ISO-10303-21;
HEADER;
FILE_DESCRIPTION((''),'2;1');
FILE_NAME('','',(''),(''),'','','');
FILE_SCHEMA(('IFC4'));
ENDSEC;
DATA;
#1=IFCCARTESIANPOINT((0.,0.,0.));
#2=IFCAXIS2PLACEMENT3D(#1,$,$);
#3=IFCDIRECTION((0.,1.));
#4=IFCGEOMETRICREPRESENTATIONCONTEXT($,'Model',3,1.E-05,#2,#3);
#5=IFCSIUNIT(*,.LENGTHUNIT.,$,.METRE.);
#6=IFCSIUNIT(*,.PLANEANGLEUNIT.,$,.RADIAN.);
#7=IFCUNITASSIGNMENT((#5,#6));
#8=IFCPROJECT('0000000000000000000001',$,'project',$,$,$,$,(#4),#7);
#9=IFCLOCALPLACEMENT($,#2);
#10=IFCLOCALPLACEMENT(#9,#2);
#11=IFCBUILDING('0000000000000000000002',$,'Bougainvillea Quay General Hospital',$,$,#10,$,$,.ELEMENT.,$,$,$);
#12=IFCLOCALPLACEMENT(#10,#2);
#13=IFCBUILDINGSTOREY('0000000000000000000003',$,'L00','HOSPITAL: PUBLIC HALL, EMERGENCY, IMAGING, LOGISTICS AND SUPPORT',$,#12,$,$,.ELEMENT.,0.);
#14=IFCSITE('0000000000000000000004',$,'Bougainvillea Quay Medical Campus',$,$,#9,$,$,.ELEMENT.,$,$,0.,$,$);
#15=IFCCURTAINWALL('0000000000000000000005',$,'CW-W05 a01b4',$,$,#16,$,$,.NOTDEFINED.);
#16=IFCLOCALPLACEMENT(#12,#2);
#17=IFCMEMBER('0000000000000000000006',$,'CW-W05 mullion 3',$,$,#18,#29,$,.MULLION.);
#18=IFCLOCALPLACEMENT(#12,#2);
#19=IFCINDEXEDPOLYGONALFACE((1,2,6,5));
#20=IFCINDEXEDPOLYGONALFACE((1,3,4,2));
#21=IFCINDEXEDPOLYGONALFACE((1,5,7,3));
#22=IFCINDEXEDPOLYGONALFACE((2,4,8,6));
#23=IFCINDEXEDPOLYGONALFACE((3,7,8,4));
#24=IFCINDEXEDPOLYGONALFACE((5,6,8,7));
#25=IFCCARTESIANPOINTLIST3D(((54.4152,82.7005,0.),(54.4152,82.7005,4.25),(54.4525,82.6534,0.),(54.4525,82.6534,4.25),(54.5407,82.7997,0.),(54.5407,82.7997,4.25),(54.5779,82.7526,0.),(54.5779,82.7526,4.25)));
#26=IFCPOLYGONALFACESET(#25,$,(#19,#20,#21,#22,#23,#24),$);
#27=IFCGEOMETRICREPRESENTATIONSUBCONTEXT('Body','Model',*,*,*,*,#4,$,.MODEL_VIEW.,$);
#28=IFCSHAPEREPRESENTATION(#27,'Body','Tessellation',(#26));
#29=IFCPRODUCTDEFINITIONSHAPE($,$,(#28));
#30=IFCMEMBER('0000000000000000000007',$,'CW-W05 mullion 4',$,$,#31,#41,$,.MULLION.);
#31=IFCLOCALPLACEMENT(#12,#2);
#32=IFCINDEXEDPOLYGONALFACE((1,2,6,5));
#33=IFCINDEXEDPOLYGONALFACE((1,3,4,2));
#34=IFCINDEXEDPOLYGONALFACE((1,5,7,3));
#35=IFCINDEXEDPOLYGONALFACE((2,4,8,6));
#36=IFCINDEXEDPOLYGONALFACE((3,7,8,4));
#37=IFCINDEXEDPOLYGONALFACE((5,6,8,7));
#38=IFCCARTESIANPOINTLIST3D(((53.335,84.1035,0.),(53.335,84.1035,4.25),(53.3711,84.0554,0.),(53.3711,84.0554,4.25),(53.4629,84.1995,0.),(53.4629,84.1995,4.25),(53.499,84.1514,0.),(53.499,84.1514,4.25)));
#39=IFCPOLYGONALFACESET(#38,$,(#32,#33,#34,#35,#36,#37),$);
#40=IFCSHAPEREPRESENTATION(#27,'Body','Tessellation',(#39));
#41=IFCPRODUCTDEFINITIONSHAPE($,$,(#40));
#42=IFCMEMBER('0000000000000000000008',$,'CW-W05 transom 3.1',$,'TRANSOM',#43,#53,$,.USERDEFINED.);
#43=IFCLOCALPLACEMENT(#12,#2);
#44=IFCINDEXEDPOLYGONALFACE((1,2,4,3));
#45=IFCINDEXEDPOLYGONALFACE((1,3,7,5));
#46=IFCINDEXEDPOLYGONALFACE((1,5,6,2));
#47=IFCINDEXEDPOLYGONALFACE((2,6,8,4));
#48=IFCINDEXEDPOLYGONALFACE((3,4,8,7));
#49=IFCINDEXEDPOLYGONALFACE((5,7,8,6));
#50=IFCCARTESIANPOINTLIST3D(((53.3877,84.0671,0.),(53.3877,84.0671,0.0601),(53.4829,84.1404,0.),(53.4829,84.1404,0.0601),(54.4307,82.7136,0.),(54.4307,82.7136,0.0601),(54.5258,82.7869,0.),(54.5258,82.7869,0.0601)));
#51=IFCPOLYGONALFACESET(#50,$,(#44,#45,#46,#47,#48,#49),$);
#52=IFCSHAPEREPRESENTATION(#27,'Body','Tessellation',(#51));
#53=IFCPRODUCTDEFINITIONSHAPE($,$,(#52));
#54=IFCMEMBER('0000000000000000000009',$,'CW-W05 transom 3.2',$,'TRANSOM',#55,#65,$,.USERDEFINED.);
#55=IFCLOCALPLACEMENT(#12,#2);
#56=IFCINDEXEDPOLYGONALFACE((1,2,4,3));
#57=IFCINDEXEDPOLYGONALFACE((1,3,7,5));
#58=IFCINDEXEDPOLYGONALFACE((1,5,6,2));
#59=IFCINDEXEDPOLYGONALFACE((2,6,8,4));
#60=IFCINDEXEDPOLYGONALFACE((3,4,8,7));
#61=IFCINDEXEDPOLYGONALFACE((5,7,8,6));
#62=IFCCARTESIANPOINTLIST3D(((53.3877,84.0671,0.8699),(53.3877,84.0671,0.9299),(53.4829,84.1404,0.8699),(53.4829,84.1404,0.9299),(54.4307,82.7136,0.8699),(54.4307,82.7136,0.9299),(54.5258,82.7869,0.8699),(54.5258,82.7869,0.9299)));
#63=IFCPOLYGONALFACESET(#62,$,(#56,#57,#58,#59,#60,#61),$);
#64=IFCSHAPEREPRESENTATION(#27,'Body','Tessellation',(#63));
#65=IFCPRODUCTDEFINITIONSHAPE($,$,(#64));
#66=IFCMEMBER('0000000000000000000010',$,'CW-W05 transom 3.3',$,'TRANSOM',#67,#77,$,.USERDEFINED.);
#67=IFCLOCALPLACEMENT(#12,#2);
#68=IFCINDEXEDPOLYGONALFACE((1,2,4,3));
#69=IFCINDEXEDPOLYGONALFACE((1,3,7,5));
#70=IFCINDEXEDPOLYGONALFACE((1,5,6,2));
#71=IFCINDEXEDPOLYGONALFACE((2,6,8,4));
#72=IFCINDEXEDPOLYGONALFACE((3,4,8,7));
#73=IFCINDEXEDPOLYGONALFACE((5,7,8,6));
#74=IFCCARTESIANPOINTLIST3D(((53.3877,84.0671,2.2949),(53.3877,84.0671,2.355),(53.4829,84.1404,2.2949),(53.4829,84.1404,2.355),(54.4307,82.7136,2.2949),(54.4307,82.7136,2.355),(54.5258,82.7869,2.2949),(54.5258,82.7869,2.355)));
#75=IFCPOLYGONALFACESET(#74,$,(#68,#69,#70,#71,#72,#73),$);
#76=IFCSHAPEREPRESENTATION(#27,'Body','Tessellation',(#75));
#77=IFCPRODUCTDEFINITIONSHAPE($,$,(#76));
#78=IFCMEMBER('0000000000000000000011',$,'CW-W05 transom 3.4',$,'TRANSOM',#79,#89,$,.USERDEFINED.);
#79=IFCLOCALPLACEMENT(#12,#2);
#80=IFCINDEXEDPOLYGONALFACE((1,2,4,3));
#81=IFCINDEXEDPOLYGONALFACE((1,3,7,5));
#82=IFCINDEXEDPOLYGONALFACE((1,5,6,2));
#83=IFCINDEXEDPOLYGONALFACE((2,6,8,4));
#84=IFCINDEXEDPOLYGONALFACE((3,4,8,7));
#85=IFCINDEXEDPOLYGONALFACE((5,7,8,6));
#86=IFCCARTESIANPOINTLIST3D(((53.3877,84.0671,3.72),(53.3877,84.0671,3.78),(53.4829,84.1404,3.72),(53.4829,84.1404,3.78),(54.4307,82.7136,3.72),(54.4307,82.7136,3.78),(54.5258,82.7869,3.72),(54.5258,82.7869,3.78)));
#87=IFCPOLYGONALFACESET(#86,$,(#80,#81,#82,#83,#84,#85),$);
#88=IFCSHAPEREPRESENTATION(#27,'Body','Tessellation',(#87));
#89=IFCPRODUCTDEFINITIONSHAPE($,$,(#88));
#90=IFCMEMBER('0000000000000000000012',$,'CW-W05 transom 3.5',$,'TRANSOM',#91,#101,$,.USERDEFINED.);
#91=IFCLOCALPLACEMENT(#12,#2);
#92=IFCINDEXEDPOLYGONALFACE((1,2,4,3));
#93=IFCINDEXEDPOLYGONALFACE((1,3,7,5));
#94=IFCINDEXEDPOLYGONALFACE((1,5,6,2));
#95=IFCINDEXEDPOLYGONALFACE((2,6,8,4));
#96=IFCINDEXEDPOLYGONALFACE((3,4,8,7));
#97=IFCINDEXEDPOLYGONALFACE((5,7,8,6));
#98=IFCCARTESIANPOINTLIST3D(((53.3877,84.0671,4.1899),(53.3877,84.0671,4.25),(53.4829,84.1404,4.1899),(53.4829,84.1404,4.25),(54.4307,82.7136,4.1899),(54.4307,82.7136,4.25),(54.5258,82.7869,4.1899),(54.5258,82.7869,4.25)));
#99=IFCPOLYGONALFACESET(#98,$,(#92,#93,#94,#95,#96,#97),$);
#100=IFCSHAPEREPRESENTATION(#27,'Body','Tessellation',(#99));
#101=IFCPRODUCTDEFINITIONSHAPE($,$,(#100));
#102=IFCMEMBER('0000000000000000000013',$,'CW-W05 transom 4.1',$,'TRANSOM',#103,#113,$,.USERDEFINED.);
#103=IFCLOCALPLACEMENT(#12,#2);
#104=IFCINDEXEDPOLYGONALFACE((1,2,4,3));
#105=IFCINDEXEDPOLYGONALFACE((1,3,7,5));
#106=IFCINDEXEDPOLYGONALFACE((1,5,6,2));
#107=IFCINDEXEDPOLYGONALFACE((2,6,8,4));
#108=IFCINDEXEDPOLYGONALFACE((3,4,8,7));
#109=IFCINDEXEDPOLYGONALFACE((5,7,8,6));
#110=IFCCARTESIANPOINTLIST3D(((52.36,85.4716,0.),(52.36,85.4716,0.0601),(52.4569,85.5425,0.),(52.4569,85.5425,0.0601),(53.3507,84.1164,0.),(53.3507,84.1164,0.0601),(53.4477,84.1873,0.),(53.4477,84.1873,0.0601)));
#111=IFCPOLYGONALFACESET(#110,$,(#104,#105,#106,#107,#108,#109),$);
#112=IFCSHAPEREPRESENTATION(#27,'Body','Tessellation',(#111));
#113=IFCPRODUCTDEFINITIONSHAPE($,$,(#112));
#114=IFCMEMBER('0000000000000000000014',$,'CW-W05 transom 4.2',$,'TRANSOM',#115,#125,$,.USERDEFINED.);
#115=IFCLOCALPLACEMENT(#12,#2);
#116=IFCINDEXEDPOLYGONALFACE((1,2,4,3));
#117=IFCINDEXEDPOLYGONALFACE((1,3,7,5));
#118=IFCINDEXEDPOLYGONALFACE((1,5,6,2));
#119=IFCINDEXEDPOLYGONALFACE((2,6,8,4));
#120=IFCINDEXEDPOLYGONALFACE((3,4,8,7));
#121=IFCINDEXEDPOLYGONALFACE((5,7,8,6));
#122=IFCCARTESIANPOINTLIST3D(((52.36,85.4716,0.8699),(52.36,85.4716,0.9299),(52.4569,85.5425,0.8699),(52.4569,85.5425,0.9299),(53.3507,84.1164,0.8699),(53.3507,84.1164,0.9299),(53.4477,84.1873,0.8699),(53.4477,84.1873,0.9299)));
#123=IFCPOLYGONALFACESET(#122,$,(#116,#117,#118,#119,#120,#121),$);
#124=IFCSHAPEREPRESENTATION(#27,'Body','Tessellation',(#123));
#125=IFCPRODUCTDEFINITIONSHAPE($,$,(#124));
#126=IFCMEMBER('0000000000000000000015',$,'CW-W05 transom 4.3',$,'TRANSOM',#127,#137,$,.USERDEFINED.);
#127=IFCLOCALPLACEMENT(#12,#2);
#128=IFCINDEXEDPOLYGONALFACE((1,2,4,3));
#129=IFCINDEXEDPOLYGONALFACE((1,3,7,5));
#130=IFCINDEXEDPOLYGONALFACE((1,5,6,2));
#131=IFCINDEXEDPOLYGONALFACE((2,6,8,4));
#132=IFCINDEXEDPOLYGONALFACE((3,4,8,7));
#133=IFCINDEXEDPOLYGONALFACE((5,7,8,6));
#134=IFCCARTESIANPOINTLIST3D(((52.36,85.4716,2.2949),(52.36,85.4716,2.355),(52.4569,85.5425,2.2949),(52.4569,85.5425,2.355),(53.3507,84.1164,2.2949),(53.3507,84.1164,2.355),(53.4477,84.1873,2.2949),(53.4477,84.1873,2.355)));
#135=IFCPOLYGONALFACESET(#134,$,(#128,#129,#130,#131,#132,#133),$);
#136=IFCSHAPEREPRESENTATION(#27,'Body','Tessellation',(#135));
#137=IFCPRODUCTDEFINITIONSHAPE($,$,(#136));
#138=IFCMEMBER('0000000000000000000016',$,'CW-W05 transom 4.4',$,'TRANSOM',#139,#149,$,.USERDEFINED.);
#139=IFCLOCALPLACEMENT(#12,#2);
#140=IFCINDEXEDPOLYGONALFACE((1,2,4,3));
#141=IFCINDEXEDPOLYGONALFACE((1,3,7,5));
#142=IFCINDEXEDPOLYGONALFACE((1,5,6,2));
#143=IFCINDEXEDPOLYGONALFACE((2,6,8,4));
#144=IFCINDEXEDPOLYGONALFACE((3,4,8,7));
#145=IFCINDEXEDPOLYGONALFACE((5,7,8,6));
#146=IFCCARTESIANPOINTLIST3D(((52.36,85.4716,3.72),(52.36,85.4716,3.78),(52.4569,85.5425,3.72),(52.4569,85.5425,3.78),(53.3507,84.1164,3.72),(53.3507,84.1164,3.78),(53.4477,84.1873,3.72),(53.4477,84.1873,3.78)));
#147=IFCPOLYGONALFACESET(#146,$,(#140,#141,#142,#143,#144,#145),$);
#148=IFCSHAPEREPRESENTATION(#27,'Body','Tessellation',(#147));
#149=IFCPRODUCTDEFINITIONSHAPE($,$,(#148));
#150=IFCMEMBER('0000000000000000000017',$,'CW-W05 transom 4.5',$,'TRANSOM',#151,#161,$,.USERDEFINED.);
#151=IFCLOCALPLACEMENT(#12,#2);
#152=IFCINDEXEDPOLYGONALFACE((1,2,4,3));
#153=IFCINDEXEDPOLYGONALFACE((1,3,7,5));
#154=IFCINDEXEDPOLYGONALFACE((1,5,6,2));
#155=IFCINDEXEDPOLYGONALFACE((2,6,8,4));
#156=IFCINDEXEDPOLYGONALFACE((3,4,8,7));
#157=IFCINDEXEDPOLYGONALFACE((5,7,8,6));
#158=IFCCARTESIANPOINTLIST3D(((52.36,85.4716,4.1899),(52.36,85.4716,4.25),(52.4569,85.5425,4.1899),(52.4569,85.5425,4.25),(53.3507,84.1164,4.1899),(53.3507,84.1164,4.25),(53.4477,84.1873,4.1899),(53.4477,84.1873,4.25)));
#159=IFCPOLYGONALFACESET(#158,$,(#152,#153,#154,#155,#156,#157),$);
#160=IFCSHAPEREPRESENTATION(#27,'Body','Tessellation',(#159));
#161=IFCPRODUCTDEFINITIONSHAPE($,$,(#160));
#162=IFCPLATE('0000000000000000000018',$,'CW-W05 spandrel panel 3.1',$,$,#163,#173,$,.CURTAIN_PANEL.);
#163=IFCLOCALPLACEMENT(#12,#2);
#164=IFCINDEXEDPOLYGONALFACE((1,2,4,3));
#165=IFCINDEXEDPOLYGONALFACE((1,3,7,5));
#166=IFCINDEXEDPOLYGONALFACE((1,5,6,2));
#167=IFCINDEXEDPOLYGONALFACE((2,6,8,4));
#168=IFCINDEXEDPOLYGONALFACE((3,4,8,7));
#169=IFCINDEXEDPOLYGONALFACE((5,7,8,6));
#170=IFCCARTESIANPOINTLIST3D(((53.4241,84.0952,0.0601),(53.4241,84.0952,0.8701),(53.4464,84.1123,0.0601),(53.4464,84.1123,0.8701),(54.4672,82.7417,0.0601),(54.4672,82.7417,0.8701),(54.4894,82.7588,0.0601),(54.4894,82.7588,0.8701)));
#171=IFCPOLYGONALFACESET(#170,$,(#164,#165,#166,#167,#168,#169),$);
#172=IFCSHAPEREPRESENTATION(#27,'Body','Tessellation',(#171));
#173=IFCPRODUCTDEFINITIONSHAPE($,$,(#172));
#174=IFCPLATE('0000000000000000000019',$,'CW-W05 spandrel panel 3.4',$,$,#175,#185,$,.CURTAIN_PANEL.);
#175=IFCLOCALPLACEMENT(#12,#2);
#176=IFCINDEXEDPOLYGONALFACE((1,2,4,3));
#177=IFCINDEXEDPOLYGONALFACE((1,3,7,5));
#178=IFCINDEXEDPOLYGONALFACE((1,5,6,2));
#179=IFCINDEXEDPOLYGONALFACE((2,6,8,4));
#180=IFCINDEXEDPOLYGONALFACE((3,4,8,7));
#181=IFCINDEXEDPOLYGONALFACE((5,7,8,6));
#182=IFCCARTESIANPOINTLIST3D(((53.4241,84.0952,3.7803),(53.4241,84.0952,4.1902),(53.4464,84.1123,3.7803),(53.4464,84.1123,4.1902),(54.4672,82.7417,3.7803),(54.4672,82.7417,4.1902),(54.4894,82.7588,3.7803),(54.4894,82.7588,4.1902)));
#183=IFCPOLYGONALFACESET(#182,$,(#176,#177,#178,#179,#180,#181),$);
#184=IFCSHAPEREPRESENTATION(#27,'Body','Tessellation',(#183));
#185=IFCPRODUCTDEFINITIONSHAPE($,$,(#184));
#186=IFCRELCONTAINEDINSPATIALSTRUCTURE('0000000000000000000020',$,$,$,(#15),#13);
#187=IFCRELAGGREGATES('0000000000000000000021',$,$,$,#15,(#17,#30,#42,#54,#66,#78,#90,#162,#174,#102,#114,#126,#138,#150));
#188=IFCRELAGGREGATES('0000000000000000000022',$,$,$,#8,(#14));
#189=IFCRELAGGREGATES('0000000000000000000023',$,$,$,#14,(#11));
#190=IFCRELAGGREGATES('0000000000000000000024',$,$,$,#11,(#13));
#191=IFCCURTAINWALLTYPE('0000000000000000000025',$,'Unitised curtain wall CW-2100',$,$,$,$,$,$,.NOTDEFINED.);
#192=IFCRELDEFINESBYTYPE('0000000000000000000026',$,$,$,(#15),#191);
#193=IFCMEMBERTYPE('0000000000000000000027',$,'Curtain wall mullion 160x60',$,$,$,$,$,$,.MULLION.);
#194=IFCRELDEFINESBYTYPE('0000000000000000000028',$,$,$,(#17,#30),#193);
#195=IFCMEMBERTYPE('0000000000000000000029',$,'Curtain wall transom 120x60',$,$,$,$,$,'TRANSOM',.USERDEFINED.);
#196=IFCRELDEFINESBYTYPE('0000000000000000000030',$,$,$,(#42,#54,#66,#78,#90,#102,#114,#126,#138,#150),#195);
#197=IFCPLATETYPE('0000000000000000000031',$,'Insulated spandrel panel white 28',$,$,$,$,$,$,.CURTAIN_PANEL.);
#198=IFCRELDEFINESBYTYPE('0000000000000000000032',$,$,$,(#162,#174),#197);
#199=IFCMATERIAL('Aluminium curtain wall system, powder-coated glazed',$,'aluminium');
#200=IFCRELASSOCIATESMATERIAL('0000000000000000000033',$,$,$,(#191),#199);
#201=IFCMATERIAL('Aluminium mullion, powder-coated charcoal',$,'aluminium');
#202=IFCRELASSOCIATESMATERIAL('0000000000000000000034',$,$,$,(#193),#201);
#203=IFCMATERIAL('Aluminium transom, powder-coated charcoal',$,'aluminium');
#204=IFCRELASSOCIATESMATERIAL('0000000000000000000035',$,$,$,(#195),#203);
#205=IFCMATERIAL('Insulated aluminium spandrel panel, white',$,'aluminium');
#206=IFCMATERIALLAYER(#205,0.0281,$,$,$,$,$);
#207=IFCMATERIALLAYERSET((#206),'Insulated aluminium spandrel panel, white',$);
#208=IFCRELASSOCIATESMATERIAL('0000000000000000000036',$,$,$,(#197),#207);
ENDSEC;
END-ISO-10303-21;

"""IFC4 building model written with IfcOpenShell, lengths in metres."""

from ifc_helpers import new_model, si_unit, direction, frame, origin, origin_2d, place, context, subcontext, project, spatial, rectangle, extrude, material, layer, layer_set, material_profile, profile_set, type_object, element, aggregate, save


model = new_model("IFC4")

# Units and contexts
model_context = context("Model", 3, precision=1e-05, world=origin(), true_north=direction((0.0, 1.0)))
body_context = subcontext(model_context, "Body", "Model", "MODEL_VIEW")
ifc_project = project(units=[si_unit("LENGTHUNIT", "METRE"), si_unit("PLANEANGLEUNIT", "RADIAN")], contexts=[model_context])

# Site, building, storey
site_placement = place(None, origin())
site = spatial("IfcSite", under=ifc_project, at=site_placement, Name="Bougainvillea Quay Medical Campus", CompositionType="ELEMENT", RefElevation=0.0)
building_placement = place(site_placement, origin())
building = spatial("IfcBuilding", under=site, at=building_placement, Name="Bougainvillea Quay General Hospital", CompositionType="ELEMENT")
storey_placement = place(building_placement, origin())
storey = spatial("IfcBuildingStorey", under=building, at=storey_placement, Name="L00", Description="HOSPITAL: PUBLIC HALL, EMERGENCY, IMAGING, LOGISTICS AND SUPPORT", CompositionType="ELEMENT", Elevation=0.0)

# Curtain wall, members, plates
ifc_material_1 = material(Name="Aluminium curtain wall system, powder-coated glazed", Category="aluminium")
curtain_wall_type = type_object("IfcCurtainWallType", Name="Unitised curtain wall CW-2100", PredefinedType="NOTDEFINED", material=ifc_material_1)
curtain_wall_placement = place(storey_placement, origin())
curtain_wall = element("IfcCurtainWall", 1, at=curtain_wall_placement, inside=storey, type_object=curtain_wall_type, Name="CW-W05 a01b4", PredefinedType="NOTDEFINED")
ifc_material_2 = material(Name="Aluminium mullion, powder-coated charcoal", Category="aluminium")
ifc_material_profile_1 = material_profile(ifc_material_2, rectangle(XDim=0.1599, YDim=0.0601, at=origin_2d()))
ifc_profile_set_1 = profile_set([ifc_material_profile_1], Name="Aluminium mullion, powder-coated charcoal")
member_type_1 = type_object("IfcMemberType", Name="Curtain wall mullion 160x60", PredefinedType="MULLION", material=ifc_profile_set_1)
member_1_placement = place(storey_placement, frame((54.4966, 82.7266, 0.0), z_axis=(0.0, 0.0, 1.0), x_axis=(-0.784279, -0.620409, 0.0)))
member_1 = element("IfcMember", 2, at=member_1_placement, type_object=member_type_1, Name="CW-W05 mullion 3", PredefinedType="MULLION", context=body_context, shape_type="SweptSolid", body=[
    extrude(rectangle(XDim=0.1599, YDim=0.0601, at=origin_2d()), origin(), (0.0, 0.0, 1.0), 4.25),
])
member_2_placement = place(storey_placement, frame((53.417, 84.1274, 0.0), z_axis=(0.0, 0.0, 1.0), x_axis=(-0.799758, -0.600323, 0.0)))
member_2 = element("IfcMember", 3, at=member_2_placement, type_object=member_type_1, Name="CW-W05 mullion 4", PredefinedType="MULLION", context=body_context, shape_type="SweptSolid", body=[
    extrude(rectangle(XDim=0.1599, YDim=0.0601, at=origin_2d()), origin(), (0.0, 0.0, 1.0), 4.25),
])
ifc_material_3 = material(Name="Aluminium transom, powder-coated charcoal", Category="aluminium")
ifc_material_profile_2 = material_profile(ifc_material_3, rectangle(XDim=0.1201, YDim=0.0601, at=origin_2d()))
ifc_profile_set_2 = profile_set([ifc_material_profile_2], Name="Aluminium transom, powder-coated charcoal")
member_type_2 = type_object("IfcMemberType", Name="Curtain wall transom 120x60", ElementType="TRANSOM", PredefinedType="USERDEFINED", material=ifc_profile_set_2)
member_3_placement = place(storey_placement, frame((54.4783, 82.7502, 0.03), z_axis=(-0.610373, 0.792114, 0.0), x_axis=(-0.792114, -0.610373, 0.0)))
member_3 = element("IfcMember", 4, at=member_3_placement, type_object=member_type_2, Name="CW-W05 transom 3.1", ObjectType="TRANSOM", PredefinedType="USERDEFINED", context=body_context, shape_type="SweptSolid", body=[
    extrude(rectangle(XDim=0.1201, YDim=0.0601, at=origin_2d()), origin(), (0.0, 0.0, 1.0), 1.7087),
])
member_4_placement = place(storey_placement, frame((54.4783, 82.7502, 0.8999), z_axis=(-0.610373, 0.792114, 0.0), x_axis=(-0.792114, -0.610373, 0.0)))
member_4 = element("IfcMember", 5, at=member_4_placement, type_object=member_type_2, Name="CW-W05 transom 3.2", ObjectType="TRANSOM", PredefinedType="USERDEFINED", context=body_context, shape_type="SweptSolid", body=[
    extrude(rectangle(XDim=0.1201, YDim=0.0601, at=origin_2d()), origin(), (0.0, 0.0, 1.0), 1.7087),
])
member_5_placement = place(storey_placement, frame((54.4783, 82.7502, 2.325), z_axis=(-0.610373, 0.792114, 0.0), x_axis=(-0.792114, -0.610373, 0.0)))
member_5 = element("IfcMember", 6, at=member_5_placement, type_object=member_type_2, Name="CW-W05 transom 3.3", ObjectType="TRANSOM", PredefinedType="USERDEFINED", context=body_context, shape_type="SweptSolid", body=[
    extrude(rectangle(XDim=0.1201, YDim=0.0601, at=origin_2d()), origin(), (0.0, 0.0, 1.0), 1.7087),
])
member_6_placement = place(storey_placement, frame((54.4783, 82.7502, 3.75), z_axis=(-0.610373, 0.792114, 0.0), x_axis=(-0.792114, -0.610373, 0.0)))
member_6 = element("IfcMember", 7, at=member_6_placement, type_object=member_type_2, Name="CW-W05 transom 3.4", ObjectType="TRANSOM", PredefinedType="USERDEFINED", context=body_context, shape_type="SweptSolid", body=[
    extrude(rectangle(XDim=0.1201, YDim=0.0601, at=origin_2d()), origin(), (0.0, 0.0, 1.0), 1.7087),
])
member_7_placement = place(storey_placement, frame((54.4783, 82.7502, 4.22), z_axis=(-0.610373, 0.792114, 0.0), x_axis=(-0.792114, -0.610373, 0.0)))
member_7 = element("IfcMember", 8, at=member_7_placement, type_object=member_type_2, Name="CW-W05 transom 3.5", ObjectType="TRANSOM", PredefinedType="USERDEFINED", context=body_context, shape_type="SweptSolid", body=[
    extrude(rectangle(XDim=0.1201, YDim=0.0601, at=origin_2d()), origin(), (0.0, 0.0, 1.0), 1.7087),
])
member_8_placement = place(storey_placement, frame((53.3992, 84.1519, 0.03), z_axis=(-0.590159, 0.807287, 0.0), x_axis=(-0.807287, -0.590159, 0.0)))
member_8 = element("IfcMember", 9, at=member_8_placement, type_object=member_type_2, Name="CW-W05 transom 4.1", ObjectType="TRANSOM", PredefinedType="USERDEFINED", context=body_context, shape_type="SweptSolid", body=[
    extrude(rectangle(XDim=0.1201, YDim=0.0601, at=origin_2d()), origin(), (0.0, 0.0, 1.0), 1.6787),
])
member_9_placement = place(storey_placement, frame((53.3992, 84.1519, 0.8999), z_axis=(-0.590159, 0.807287, 0.0), x_axis=(-0.807287, -0.590159, 0.0)))
member_9 = element("IfcMember", 10, at=member_9_placement, type_object=member_type_2, Name="CW-W05 transom 4.2", ObjectType="TRANSOM", PredefinedType="USERDEFINED", context=body_context, shape_type="SweptSolid", body=[
    extrude(rectangle(XDim=0.1201, YDim=0.0601, at=origin_2d()), origin(), (0.0, 0.0, 1.0), 1.6787),
])
member_10_placement = place(storey_placement, frame((53.3992, 84.1519, 2.325), z_axis=(-0.590159, 0.807287, 0.0), x_axis=(-0.807287, -0.590159, 0.0)))
member_10 = element("IfcMember", 11, at=member_10_placement, type_object=member_type_2, Name="CW-W05 transom 4.3", ObjectType="TRANSOM", PredefinedType="USERDEFINED", context=body_context, shape_type="SweptSolid", body=[
    extrude(rectangle(XDim=0.1201, YDim=0.0601, at=origin_2d()), origin(), (0.0, 0.0, 1.0), 1.6787),
])
member_11_placement = place(storey_placement, frame((53.3992, 84.1519, 3.75), z_axis=(-0.590159, 0.807287, 0.0), x_axis=(-0.807287, -0.590159, 0.0)))
member_11 = element("IfcMember", 12, at=member_11_placement, type_object=member_type_2, Name="CW-W05 transom 4.4", ObjectType="TRANSOM", PredefinedType="USERDEFINED", context=body_context, shape_type="SweptSolid", body=[
    extrude(rectangle(XDim=0.1201, YDim=0.0601, at=origin_2d()), origin(), (0.0, 0.0, 1.0), 1.6787),
])
member_12_placement = place(storey_placement, frame((53.3992, 84.1519, 4.22), z_axis=(-0.590159, 0.807287, 0.0), x_axis=(-0.807287, -0.590159, 0.0)))
member_12 = element("IfcMember", 13, at=member_12_placement, type_object=member_type_2, Name="CW-W05 transom 4.5", ObjectType="TRANSOM", PredefinedType="USERDEFINED", context=body_context, shape_type="SweptSolid", body=[
    extrude(rectangle(XDim=0.1201, YDim=0.0601, at=origin_2d()), origin(), (0.0, 0.0, 1.0), 1.6787),
])
ifc_material_4 = material(Name="Insulated aluminium spandrel panel, white", Category="aluminium")
ifc_layer_1 = layer(ifc_material_4, 0.0281)
ifc_layer_set_1 = layer_set([ifc_layer_1], Name="Insulated aluminium spandrel panel, white")
plate_type_1 = type_object("IfcPlateType", Name="Insulated spandrel panel white 28", PredefinedType="CURTAIN_PANEL", material=ifc_layer_set_1)
plate_1_placement = place(storey_placement, frame((53.9568, 83.427, 0.0601), z_axis=(0.0, 0.0, 1.0), x_axis=(-0.610415, 0.792082, 0.0)))
plate_1 = element("IfcPlate", 14, at=plate_1_placement, type_object=plate_type_1, Name="CW-W05 spandrel panel 3.1", PredefinedType="CURTAIN_PANEL", context=body_context, shape_type="SweptSolid", body=[
    extrude(rectangle(XDim=1.7087, YDim=0.0281, at=origin_2d()), origin(), (0.0, 0.0, 1.0), 0.8101),
])
plate_2_placement = place(storey_placement, frame((53.9568, 83.427, 3.7803), z_axis=(0.0, 0.0, 1.0), x_axis=(-0.610415, 0.792082, 0.0)))
plate_2 = element("IfcPlate", 15, at=plate_2_placement, type_object=plate_type_1, Name="CW-W05 spandrel panel 3.4", PredefinedType="CURTAIN_PANEL", context=body_context, shape_type="SweptSolid", body=[
    extrude(rectangle(XDim=1.7087, YDim=0.0281, at=origin_2d()), origin(), (0.0, 0.0, 1.0), 0.4099),
])
aggregate(curtain_wall, [member_1, member_2, member_3, member_4, member_5, member_6, member_7, plate_1, plate_2, member_8, member_9, member_10, member_11, member_12])

save(model, "model.ifc")
